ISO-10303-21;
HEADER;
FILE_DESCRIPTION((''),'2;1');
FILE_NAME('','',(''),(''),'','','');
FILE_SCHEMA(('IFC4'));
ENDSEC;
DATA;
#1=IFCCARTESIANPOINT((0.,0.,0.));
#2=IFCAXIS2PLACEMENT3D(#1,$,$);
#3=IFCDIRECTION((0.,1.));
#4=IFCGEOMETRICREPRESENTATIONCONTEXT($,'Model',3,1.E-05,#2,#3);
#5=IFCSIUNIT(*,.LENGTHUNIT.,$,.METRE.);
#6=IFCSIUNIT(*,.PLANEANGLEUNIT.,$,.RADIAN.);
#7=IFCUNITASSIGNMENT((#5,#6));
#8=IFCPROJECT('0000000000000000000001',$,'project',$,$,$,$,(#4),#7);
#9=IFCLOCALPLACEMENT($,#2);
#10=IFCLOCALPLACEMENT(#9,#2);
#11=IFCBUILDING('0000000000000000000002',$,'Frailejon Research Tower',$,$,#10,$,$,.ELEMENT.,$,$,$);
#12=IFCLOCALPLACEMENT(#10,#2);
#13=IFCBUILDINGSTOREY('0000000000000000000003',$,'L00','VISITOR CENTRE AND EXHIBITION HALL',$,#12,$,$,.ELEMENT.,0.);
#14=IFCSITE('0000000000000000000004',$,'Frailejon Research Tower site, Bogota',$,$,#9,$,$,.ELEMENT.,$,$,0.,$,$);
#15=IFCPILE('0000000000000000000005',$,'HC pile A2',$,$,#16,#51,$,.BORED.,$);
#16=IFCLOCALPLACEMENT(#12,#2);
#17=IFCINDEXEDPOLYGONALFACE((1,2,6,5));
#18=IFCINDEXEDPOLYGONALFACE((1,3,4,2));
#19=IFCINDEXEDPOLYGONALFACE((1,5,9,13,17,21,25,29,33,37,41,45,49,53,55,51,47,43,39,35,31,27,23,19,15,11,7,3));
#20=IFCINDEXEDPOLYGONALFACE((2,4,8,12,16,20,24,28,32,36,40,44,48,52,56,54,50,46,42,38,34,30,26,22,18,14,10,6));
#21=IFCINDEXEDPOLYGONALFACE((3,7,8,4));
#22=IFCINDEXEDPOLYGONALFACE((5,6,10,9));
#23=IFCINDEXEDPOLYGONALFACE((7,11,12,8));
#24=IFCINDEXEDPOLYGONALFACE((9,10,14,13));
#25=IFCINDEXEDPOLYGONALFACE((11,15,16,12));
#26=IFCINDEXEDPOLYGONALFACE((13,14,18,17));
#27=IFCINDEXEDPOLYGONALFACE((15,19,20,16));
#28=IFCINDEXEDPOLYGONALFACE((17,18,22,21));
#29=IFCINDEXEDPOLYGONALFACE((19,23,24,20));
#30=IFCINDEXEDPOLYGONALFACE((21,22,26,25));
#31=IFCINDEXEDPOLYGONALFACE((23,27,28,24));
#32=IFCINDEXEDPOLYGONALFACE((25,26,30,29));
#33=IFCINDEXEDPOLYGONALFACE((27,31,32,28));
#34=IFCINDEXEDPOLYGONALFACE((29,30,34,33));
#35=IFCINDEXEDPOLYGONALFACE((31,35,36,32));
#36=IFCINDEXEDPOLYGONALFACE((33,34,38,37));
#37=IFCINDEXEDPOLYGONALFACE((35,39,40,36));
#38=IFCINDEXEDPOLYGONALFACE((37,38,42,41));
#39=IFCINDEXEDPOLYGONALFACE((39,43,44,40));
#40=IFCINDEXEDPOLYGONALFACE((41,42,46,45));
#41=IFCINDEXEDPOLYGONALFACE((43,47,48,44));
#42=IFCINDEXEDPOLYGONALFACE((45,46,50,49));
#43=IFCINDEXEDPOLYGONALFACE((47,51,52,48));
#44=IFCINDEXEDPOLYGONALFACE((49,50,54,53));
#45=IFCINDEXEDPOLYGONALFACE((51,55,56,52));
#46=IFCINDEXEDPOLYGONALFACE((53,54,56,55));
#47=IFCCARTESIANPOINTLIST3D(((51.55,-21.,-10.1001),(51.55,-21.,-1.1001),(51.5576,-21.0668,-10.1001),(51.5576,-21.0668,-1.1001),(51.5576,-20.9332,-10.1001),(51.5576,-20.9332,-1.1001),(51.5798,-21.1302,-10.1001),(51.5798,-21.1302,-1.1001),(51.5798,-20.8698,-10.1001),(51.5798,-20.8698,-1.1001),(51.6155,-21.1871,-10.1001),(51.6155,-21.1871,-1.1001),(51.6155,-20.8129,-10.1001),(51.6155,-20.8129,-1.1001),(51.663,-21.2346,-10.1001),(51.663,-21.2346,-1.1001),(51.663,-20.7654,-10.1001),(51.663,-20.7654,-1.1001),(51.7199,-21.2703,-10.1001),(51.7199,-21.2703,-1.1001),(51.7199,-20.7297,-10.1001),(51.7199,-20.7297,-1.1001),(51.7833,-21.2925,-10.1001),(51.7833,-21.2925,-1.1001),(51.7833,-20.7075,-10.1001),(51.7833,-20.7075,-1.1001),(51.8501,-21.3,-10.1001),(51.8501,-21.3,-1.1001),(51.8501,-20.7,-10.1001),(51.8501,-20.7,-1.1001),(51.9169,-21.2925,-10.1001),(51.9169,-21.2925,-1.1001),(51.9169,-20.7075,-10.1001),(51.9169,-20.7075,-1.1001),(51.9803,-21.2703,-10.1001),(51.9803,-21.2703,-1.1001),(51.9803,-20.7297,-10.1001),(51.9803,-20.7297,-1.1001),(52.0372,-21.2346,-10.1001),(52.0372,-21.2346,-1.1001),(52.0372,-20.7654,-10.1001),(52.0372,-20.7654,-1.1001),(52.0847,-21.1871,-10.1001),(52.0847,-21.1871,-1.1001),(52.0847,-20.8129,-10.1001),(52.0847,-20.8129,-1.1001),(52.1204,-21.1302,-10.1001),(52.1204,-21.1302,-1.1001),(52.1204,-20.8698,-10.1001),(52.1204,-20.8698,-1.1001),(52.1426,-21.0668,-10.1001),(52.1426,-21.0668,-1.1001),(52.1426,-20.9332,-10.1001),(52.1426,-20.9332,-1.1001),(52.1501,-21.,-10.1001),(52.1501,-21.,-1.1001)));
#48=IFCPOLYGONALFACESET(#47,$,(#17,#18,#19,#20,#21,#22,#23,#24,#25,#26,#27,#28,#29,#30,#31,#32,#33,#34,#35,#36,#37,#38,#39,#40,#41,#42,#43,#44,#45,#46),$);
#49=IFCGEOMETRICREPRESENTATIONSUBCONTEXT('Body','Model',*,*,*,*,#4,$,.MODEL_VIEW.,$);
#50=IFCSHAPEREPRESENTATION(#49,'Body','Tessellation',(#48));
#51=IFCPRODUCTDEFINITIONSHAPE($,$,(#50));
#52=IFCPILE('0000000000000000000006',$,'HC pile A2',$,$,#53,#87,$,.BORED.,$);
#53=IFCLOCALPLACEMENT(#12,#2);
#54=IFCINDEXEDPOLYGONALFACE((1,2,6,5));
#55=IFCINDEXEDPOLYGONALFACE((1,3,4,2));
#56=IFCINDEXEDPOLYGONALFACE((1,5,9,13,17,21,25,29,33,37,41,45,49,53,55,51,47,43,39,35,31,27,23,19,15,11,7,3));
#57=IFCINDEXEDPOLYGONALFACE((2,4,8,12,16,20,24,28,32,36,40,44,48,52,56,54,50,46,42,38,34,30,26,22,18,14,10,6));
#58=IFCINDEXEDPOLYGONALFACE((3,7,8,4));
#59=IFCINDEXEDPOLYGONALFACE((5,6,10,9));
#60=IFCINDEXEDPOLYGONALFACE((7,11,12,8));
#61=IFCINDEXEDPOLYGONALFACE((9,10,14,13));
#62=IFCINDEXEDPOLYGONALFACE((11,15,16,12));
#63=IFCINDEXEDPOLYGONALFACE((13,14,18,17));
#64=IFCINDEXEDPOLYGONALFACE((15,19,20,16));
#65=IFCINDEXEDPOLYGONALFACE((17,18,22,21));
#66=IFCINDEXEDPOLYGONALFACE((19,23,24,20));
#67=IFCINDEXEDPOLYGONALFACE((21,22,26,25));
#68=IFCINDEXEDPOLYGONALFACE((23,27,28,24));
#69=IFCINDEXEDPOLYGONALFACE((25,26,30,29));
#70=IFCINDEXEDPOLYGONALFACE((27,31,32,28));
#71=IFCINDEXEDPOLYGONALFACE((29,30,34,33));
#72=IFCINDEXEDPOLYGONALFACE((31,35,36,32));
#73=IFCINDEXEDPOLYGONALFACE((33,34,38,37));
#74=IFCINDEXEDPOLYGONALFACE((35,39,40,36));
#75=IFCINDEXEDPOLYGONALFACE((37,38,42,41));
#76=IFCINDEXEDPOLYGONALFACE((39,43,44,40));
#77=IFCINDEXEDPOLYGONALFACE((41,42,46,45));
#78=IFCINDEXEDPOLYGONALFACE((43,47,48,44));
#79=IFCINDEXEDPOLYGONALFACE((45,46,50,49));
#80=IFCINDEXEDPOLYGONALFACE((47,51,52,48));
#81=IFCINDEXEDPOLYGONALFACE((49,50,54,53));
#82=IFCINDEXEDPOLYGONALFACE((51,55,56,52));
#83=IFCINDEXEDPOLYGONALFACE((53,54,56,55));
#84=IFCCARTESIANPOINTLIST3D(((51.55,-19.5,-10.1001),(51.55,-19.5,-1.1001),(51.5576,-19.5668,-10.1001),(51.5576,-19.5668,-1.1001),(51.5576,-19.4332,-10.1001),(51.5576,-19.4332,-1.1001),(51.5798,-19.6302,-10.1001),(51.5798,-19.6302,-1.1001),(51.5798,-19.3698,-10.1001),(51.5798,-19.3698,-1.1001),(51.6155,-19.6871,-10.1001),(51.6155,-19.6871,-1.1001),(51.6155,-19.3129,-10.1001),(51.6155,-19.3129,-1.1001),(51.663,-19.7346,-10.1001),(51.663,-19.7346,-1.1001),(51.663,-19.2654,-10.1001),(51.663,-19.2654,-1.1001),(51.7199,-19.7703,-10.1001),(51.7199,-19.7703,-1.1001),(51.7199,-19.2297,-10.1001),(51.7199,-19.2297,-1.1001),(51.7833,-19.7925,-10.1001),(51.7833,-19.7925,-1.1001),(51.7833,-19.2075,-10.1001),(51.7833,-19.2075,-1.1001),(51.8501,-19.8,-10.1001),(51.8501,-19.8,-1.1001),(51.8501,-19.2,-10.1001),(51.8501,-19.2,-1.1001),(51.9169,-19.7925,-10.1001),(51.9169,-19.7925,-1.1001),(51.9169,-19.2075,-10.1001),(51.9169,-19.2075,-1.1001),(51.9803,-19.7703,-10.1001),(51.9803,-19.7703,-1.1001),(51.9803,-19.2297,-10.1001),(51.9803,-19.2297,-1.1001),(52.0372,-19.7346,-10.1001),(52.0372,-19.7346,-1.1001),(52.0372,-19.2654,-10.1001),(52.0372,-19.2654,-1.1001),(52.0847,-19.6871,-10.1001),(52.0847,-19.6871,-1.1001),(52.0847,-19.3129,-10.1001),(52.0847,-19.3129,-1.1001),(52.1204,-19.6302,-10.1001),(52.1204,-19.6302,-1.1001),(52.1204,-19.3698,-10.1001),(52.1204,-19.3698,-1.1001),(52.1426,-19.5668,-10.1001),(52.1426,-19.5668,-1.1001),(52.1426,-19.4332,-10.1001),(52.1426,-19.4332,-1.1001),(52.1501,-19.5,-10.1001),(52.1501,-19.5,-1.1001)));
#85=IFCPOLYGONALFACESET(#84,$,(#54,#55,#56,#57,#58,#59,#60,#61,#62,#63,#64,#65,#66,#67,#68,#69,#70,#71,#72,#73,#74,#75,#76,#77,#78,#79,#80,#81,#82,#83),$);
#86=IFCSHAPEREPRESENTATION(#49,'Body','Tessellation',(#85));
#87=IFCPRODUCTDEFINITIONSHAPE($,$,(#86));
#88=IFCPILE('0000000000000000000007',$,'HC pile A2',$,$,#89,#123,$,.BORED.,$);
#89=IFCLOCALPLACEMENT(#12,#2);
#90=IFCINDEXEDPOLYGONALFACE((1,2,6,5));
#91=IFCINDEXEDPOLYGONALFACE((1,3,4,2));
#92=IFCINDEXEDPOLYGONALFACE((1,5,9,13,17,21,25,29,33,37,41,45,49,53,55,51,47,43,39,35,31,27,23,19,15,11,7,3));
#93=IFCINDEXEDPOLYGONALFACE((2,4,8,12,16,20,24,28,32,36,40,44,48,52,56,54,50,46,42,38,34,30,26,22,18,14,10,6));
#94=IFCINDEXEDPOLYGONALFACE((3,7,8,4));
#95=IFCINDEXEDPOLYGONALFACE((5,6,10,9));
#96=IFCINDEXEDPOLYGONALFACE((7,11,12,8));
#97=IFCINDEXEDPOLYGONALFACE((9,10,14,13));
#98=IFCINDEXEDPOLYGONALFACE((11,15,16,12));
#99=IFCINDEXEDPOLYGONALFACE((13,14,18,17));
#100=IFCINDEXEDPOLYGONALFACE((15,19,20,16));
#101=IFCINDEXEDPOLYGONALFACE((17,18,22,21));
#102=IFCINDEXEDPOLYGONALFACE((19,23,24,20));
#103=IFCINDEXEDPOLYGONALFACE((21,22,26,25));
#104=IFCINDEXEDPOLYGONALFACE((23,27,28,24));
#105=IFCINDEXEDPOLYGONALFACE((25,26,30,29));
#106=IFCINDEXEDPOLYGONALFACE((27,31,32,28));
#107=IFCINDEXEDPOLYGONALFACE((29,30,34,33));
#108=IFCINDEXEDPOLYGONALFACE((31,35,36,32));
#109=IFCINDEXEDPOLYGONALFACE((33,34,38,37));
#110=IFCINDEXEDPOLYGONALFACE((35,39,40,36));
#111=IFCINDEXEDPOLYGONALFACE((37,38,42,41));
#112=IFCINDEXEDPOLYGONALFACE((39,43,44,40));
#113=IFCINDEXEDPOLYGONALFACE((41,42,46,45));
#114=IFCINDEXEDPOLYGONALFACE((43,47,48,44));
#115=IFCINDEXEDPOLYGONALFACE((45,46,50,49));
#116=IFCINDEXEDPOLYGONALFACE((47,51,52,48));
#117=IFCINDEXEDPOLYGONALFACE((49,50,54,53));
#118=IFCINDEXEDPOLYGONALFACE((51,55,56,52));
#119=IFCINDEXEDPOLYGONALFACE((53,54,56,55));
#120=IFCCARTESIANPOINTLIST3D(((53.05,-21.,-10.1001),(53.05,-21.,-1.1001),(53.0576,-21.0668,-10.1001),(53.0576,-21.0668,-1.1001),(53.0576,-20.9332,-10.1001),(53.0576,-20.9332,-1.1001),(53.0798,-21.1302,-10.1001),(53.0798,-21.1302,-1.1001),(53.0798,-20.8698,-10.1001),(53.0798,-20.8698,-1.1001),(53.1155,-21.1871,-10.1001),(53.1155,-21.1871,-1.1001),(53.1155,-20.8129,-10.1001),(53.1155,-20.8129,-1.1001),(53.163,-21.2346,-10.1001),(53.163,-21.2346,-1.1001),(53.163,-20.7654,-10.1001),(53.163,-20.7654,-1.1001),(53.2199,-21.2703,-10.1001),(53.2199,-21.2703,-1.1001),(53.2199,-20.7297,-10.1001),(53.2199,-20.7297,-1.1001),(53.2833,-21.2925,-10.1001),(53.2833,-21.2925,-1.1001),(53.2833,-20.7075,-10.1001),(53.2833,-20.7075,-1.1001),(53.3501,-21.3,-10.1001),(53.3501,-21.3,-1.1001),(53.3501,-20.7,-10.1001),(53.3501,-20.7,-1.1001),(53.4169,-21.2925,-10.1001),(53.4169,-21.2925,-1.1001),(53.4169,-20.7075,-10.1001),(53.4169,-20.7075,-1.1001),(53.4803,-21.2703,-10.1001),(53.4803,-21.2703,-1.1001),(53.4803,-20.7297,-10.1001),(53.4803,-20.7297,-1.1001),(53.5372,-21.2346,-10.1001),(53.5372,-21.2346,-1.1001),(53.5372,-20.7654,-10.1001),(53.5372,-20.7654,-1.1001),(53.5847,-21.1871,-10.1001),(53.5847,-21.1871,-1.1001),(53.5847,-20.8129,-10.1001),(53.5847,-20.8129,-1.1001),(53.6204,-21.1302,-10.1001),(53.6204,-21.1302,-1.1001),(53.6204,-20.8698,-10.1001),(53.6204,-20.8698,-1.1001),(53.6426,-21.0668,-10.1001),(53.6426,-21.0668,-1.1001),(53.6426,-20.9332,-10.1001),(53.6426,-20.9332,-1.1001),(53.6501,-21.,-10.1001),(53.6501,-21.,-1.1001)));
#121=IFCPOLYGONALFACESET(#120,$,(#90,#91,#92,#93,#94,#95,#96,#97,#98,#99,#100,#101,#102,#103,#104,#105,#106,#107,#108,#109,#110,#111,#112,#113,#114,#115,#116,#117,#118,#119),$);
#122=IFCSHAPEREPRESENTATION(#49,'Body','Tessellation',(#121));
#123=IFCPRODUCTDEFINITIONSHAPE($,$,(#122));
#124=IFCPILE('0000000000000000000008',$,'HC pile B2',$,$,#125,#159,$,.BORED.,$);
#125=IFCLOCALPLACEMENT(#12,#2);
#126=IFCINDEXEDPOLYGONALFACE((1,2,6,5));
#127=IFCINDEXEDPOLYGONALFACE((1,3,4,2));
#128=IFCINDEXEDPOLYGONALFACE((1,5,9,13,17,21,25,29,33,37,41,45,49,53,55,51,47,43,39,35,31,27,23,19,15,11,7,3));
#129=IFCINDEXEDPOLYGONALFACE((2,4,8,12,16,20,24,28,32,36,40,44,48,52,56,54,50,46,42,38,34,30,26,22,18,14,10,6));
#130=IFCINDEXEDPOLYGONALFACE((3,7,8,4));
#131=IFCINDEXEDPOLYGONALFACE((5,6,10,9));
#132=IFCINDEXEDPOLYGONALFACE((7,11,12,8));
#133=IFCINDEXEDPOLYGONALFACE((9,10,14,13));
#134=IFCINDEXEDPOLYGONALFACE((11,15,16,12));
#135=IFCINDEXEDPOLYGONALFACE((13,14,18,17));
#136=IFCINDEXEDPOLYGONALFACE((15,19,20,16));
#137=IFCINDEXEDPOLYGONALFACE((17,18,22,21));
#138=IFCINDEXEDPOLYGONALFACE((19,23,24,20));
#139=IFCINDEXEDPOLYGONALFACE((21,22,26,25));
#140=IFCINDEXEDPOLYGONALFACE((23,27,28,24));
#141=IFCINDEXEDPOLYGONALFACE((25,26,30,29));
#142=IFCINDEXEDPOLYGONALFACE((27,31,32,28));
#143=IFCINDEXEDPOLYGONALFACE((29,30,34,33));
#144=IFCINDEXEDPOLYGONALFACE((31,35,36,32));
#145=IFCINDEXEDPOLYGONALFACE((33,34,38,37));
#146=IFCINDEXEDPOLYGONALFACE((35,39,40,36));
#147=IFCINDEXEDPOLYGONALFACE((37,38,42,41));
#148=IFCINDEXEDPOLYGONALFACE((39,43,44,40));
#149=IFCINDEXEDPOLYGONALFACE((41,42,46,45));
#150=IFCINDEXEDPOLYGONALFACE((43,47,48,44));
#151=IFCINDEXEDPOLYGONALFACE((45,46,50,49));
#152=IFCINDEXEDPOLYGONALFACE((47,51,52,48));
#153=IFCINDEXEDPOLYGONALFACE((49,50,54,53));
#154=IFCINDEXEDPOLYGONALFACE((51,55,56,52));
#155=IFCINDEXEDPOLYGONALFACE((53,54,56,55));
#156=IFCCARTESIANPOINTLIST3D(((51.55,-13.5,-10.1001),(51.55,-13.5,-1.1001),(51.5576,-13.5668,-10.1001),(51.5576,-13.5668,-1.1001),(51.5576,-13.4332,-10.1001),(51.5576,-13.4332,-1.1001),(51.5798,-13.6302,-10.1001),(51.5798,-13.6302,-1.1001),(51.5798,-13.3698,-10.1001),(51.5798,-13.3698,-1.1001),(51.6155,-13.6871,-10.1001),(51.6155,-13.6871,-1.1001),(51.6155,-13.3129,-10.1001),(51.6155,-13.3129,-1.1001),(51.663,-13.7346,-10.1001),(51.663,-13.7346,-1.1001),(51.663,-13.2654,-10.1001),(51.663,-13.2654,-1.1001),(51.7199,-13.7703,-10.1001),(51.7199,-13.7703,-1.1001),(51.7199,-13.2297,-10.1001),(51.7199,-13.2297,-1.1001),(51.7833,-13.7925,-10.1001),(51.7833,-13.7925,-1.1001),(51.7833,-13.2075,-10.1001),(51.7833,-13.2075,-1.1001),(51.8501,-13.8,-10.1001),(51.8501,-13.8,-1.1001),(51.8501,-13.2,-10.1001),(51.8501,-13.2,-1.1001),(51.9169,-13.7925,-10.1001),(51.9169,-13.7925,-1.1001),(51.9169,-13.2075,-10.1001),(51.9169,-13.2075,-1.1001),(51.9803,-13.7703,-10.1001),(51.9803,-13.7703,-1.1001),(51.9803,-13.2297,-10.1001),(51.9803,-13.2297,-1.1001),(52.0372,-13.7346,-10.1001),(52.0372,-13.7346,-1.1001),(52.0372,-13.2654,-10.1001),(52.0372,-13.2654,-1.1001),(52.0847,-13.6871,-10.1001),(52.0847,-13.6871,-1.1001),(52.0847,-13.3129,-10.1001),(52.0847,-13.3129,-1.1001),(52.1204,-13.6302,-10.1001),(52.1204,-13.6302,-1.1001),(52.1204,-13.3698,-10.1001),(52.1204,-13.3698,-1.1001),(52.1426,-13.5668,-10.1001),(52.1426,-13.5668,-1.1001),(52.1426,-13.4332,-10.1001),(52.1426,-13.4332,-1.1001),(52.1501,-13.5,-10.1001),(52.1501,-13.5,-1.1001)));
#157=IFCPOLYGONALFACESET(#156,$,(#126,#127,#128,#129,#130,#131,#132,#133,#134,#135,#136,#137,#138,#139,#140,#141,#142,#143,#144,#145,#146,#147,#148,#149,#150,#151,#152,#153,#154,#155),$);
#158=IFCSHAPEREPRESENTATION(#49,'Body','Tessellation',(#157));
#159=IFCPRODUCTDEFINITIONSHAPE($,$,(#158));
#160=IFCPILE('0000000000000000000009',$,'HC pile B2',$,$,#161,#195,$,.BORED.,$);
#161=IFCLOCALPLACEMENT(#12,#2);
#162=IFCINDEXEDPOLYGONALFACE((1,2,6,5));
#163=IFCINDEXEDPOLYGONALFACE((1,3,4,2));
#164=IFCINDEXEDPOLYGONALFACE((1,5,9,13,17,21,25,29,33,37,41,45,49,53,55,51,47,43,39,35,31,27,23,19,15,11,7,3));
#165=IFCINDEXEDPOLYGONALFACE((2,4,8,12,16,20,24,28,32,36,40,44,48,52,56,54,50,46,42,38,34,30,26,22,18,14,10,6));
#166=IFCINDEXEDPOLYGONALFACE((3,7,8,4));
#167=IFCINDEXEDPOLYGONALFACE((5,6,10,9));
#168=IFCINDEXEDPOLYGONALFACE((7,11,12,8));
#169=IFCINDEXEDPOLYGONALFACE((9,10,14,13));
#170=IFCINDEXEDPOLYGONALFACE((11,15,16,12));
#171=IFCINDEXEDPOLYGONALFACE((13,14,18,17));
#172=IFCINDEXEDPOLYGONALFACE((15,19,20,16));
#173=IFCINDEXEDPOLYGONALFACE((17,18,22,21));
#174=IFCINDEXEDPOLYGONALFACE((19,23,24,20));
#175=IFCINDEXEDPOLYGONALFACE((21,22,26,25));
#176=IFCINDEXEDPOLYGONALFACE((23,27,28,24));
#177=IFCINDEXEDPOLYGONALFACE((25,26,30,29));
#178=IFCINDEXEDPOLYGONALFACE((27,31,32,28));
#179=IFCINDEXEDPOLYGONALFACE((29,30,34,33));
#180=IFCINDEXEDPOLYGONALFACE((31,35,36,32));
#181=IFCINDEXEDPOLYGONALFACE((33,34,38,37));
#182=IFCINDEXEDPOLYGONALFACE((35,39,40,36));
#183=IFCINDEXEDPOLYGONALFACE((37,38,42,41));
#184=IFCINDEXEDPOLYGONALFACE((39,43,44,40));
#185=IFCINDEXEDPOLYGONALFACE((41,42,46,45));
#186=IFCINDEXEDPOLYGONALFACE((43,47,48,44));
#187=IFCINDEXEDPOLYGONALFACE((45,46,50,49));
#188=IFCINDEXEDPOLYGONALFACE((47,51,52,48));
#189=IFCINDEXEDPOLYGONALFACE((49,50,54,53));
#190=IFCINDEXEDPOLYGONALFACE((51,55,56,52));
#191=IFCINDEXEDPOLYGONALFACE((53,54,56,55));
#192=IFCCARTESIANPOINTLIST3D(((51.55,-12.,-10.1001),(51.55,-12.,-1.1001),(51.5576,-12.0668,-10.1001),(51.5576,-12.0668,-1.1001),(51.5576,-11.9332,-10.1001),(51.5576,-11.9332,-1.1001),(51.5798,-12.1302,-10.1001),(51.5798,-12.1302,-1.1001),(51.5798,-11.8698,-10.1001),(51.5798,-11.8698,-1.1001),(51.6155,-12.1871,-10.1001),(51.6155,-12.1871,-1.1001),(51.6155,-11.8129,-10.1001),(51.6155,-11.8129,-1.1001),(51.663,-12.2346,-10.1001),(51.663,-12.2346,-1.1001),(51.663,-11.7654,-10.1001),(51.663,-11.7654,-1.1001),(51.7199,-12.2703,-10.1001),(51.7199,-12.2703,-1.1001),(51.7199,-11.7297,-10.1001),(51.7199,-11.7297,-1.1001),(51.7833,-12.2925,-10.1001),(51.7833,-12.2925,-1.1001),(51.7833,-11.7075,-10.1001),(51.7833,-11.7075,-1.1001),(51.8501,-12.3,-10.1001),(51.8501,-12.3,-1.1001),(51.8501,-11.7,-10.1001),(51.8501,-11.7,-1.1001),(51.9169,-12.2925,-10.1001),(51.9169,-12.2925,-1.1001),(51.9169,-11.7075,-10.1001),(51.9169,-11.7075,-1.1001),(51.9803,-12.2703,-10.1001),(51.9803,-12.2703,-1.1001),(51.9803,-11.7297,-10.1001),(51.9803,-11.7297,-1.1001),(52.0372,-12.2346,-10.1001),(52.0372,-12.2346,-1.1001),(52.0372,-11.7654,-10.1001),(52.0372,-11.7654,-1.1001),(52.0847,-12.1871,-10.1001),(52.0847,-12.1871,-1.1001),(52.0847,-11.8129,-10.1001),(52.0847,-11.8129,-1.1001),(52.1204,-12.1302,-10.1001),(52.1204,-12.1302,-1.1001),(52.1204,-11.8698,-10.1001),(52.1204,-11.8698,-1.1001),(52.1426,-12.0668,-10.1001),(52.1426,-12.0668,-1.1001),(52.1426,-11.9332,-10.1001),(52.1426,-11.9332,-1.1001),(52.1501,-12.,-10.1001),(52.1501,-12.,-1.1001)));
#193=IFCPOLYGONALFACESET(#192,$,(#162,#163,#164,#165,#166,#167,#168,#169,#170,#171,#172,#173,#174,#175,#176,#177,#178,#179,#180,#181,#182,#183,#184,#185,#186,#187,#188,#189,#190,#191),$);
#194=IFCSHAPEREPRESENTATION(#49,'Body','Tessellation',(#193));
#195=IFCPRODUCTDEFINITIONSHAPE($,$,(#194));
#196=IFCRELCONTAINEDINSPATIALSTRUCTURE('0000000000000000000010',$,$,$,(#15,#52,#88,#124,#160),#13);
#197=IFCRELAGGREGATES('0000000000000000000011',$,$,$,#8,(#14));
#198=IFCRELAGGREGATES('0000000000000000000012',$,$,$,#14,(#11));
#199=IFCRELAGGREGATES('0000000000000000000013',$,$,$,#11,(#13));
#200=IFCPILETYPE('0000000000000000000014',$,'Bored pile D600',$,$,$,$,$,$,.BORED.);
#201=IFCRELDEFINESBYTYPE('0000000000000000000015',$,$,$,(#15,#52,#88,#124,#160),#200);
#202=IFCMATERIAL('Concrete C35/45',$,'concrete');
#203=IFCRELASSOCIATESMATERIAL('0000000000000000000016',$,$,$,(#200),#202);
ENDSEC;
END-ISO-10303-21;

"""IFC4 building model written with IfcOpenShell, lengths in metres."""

from ifc_helpers import new_model, si_unit, direction, frame, origin, origin_2d, place, context, subcontext, project, spatial, circle, extrude, material, material_profile, profile_set, type_object, element, save


model = new_model("IFC4")

# Units and contexts
model_context = context("Model", 3, precision=1e-05, world=origin(), true_north=direction((0.0, 1.0)))
body_context = subcontext(model_context, "Body", "Model", "MODEL_VIEW")
ifc_project = project(units=[si_unit("LENGTHUNIT", "METRE"), si_unit("PLANEANGLEUNIT", "RADIAN")], contexts=[model_context])

# Site, building, storey
site_placement = place(None, origin())
site = spatial("IfcSite", under=ifc_project, at=site_placement, Name="Frailejon Research Tower site, Bogota", CompositionType="ELEMENT", RefElevation=0.0)
building_placement = place(site_placement, origin())
building = spatial("IfcBuilding", under=site, at=building_placement, Name="Frailejon Research Tower", CompositionType="ELEMENT")
storey_placement = place(building_placement, origin())
storey = spatial("IfcBuildingStorey", under=building, at=storey_placement, Name="L00", Description="VISITOR CENTRE AND EXHIBITION HALL", CompositionType="ELEMENT", Elevation=0.0)

# Piles
ifc_material_1 = material(Name="Concrete C35/45", Category="concrete")
ifc_material_profile_1 = material_profile(ifc_material_1, circle(Radius=0.3, at=origin_2d()), Name="Bored pile D600")
ifc_profile_set_1 = profile_set([ifc_material_profile_1], Name="Concrete C35/45")
pile_type = type_object("IfcPileType", Name="Bored pile D600", PredefinedType="BORED", material=ifc_profile_set_1)
for number, where, z_axis, x_axis, name in (
    (1, (51.8501, -21.0, -1.1001), (0.0, 0.0, -1.0), (1.0, 0.0, 0.0), "HC pile A2"),
    (2, (51.8501, -19.5, -1.1001), (0.0, 0.0, -1.0), (1.0, 0.0, 0.0), "HC pile A2"),
    (3, (53.3501, -21.0, -1.1001), (0.0, 0.0, -1.0), (1.0, 0.0, 0.0), "HC pile A2"),
    (4, (51.8501, -13.5, -1.1001), (0.0, 0.0, -1.0), (1.0, 0.0, 0.0), "HC pile B2"),
    (5, (51.8501, -12.0, -1.1001), (0.0, 0.0, -1.0), (1.0, 0.0, 0.0), "HC pile B2"),
):
    element("IfcPile", number, at=place(storey_placement, frame(where, z_axis=z_axis, x_axis=x_axis)), inside=storey, type_object=pile_type, Name=name, PredefinedType="BORED", context=body_context, shape_type="SweptSolid", body=[
        extrude(circle(Radius=0.3, at=origin_2d()), origin(), (0.0, 0.0, 1.0), 9.0),
    ])

save(model, "model.ifc")
